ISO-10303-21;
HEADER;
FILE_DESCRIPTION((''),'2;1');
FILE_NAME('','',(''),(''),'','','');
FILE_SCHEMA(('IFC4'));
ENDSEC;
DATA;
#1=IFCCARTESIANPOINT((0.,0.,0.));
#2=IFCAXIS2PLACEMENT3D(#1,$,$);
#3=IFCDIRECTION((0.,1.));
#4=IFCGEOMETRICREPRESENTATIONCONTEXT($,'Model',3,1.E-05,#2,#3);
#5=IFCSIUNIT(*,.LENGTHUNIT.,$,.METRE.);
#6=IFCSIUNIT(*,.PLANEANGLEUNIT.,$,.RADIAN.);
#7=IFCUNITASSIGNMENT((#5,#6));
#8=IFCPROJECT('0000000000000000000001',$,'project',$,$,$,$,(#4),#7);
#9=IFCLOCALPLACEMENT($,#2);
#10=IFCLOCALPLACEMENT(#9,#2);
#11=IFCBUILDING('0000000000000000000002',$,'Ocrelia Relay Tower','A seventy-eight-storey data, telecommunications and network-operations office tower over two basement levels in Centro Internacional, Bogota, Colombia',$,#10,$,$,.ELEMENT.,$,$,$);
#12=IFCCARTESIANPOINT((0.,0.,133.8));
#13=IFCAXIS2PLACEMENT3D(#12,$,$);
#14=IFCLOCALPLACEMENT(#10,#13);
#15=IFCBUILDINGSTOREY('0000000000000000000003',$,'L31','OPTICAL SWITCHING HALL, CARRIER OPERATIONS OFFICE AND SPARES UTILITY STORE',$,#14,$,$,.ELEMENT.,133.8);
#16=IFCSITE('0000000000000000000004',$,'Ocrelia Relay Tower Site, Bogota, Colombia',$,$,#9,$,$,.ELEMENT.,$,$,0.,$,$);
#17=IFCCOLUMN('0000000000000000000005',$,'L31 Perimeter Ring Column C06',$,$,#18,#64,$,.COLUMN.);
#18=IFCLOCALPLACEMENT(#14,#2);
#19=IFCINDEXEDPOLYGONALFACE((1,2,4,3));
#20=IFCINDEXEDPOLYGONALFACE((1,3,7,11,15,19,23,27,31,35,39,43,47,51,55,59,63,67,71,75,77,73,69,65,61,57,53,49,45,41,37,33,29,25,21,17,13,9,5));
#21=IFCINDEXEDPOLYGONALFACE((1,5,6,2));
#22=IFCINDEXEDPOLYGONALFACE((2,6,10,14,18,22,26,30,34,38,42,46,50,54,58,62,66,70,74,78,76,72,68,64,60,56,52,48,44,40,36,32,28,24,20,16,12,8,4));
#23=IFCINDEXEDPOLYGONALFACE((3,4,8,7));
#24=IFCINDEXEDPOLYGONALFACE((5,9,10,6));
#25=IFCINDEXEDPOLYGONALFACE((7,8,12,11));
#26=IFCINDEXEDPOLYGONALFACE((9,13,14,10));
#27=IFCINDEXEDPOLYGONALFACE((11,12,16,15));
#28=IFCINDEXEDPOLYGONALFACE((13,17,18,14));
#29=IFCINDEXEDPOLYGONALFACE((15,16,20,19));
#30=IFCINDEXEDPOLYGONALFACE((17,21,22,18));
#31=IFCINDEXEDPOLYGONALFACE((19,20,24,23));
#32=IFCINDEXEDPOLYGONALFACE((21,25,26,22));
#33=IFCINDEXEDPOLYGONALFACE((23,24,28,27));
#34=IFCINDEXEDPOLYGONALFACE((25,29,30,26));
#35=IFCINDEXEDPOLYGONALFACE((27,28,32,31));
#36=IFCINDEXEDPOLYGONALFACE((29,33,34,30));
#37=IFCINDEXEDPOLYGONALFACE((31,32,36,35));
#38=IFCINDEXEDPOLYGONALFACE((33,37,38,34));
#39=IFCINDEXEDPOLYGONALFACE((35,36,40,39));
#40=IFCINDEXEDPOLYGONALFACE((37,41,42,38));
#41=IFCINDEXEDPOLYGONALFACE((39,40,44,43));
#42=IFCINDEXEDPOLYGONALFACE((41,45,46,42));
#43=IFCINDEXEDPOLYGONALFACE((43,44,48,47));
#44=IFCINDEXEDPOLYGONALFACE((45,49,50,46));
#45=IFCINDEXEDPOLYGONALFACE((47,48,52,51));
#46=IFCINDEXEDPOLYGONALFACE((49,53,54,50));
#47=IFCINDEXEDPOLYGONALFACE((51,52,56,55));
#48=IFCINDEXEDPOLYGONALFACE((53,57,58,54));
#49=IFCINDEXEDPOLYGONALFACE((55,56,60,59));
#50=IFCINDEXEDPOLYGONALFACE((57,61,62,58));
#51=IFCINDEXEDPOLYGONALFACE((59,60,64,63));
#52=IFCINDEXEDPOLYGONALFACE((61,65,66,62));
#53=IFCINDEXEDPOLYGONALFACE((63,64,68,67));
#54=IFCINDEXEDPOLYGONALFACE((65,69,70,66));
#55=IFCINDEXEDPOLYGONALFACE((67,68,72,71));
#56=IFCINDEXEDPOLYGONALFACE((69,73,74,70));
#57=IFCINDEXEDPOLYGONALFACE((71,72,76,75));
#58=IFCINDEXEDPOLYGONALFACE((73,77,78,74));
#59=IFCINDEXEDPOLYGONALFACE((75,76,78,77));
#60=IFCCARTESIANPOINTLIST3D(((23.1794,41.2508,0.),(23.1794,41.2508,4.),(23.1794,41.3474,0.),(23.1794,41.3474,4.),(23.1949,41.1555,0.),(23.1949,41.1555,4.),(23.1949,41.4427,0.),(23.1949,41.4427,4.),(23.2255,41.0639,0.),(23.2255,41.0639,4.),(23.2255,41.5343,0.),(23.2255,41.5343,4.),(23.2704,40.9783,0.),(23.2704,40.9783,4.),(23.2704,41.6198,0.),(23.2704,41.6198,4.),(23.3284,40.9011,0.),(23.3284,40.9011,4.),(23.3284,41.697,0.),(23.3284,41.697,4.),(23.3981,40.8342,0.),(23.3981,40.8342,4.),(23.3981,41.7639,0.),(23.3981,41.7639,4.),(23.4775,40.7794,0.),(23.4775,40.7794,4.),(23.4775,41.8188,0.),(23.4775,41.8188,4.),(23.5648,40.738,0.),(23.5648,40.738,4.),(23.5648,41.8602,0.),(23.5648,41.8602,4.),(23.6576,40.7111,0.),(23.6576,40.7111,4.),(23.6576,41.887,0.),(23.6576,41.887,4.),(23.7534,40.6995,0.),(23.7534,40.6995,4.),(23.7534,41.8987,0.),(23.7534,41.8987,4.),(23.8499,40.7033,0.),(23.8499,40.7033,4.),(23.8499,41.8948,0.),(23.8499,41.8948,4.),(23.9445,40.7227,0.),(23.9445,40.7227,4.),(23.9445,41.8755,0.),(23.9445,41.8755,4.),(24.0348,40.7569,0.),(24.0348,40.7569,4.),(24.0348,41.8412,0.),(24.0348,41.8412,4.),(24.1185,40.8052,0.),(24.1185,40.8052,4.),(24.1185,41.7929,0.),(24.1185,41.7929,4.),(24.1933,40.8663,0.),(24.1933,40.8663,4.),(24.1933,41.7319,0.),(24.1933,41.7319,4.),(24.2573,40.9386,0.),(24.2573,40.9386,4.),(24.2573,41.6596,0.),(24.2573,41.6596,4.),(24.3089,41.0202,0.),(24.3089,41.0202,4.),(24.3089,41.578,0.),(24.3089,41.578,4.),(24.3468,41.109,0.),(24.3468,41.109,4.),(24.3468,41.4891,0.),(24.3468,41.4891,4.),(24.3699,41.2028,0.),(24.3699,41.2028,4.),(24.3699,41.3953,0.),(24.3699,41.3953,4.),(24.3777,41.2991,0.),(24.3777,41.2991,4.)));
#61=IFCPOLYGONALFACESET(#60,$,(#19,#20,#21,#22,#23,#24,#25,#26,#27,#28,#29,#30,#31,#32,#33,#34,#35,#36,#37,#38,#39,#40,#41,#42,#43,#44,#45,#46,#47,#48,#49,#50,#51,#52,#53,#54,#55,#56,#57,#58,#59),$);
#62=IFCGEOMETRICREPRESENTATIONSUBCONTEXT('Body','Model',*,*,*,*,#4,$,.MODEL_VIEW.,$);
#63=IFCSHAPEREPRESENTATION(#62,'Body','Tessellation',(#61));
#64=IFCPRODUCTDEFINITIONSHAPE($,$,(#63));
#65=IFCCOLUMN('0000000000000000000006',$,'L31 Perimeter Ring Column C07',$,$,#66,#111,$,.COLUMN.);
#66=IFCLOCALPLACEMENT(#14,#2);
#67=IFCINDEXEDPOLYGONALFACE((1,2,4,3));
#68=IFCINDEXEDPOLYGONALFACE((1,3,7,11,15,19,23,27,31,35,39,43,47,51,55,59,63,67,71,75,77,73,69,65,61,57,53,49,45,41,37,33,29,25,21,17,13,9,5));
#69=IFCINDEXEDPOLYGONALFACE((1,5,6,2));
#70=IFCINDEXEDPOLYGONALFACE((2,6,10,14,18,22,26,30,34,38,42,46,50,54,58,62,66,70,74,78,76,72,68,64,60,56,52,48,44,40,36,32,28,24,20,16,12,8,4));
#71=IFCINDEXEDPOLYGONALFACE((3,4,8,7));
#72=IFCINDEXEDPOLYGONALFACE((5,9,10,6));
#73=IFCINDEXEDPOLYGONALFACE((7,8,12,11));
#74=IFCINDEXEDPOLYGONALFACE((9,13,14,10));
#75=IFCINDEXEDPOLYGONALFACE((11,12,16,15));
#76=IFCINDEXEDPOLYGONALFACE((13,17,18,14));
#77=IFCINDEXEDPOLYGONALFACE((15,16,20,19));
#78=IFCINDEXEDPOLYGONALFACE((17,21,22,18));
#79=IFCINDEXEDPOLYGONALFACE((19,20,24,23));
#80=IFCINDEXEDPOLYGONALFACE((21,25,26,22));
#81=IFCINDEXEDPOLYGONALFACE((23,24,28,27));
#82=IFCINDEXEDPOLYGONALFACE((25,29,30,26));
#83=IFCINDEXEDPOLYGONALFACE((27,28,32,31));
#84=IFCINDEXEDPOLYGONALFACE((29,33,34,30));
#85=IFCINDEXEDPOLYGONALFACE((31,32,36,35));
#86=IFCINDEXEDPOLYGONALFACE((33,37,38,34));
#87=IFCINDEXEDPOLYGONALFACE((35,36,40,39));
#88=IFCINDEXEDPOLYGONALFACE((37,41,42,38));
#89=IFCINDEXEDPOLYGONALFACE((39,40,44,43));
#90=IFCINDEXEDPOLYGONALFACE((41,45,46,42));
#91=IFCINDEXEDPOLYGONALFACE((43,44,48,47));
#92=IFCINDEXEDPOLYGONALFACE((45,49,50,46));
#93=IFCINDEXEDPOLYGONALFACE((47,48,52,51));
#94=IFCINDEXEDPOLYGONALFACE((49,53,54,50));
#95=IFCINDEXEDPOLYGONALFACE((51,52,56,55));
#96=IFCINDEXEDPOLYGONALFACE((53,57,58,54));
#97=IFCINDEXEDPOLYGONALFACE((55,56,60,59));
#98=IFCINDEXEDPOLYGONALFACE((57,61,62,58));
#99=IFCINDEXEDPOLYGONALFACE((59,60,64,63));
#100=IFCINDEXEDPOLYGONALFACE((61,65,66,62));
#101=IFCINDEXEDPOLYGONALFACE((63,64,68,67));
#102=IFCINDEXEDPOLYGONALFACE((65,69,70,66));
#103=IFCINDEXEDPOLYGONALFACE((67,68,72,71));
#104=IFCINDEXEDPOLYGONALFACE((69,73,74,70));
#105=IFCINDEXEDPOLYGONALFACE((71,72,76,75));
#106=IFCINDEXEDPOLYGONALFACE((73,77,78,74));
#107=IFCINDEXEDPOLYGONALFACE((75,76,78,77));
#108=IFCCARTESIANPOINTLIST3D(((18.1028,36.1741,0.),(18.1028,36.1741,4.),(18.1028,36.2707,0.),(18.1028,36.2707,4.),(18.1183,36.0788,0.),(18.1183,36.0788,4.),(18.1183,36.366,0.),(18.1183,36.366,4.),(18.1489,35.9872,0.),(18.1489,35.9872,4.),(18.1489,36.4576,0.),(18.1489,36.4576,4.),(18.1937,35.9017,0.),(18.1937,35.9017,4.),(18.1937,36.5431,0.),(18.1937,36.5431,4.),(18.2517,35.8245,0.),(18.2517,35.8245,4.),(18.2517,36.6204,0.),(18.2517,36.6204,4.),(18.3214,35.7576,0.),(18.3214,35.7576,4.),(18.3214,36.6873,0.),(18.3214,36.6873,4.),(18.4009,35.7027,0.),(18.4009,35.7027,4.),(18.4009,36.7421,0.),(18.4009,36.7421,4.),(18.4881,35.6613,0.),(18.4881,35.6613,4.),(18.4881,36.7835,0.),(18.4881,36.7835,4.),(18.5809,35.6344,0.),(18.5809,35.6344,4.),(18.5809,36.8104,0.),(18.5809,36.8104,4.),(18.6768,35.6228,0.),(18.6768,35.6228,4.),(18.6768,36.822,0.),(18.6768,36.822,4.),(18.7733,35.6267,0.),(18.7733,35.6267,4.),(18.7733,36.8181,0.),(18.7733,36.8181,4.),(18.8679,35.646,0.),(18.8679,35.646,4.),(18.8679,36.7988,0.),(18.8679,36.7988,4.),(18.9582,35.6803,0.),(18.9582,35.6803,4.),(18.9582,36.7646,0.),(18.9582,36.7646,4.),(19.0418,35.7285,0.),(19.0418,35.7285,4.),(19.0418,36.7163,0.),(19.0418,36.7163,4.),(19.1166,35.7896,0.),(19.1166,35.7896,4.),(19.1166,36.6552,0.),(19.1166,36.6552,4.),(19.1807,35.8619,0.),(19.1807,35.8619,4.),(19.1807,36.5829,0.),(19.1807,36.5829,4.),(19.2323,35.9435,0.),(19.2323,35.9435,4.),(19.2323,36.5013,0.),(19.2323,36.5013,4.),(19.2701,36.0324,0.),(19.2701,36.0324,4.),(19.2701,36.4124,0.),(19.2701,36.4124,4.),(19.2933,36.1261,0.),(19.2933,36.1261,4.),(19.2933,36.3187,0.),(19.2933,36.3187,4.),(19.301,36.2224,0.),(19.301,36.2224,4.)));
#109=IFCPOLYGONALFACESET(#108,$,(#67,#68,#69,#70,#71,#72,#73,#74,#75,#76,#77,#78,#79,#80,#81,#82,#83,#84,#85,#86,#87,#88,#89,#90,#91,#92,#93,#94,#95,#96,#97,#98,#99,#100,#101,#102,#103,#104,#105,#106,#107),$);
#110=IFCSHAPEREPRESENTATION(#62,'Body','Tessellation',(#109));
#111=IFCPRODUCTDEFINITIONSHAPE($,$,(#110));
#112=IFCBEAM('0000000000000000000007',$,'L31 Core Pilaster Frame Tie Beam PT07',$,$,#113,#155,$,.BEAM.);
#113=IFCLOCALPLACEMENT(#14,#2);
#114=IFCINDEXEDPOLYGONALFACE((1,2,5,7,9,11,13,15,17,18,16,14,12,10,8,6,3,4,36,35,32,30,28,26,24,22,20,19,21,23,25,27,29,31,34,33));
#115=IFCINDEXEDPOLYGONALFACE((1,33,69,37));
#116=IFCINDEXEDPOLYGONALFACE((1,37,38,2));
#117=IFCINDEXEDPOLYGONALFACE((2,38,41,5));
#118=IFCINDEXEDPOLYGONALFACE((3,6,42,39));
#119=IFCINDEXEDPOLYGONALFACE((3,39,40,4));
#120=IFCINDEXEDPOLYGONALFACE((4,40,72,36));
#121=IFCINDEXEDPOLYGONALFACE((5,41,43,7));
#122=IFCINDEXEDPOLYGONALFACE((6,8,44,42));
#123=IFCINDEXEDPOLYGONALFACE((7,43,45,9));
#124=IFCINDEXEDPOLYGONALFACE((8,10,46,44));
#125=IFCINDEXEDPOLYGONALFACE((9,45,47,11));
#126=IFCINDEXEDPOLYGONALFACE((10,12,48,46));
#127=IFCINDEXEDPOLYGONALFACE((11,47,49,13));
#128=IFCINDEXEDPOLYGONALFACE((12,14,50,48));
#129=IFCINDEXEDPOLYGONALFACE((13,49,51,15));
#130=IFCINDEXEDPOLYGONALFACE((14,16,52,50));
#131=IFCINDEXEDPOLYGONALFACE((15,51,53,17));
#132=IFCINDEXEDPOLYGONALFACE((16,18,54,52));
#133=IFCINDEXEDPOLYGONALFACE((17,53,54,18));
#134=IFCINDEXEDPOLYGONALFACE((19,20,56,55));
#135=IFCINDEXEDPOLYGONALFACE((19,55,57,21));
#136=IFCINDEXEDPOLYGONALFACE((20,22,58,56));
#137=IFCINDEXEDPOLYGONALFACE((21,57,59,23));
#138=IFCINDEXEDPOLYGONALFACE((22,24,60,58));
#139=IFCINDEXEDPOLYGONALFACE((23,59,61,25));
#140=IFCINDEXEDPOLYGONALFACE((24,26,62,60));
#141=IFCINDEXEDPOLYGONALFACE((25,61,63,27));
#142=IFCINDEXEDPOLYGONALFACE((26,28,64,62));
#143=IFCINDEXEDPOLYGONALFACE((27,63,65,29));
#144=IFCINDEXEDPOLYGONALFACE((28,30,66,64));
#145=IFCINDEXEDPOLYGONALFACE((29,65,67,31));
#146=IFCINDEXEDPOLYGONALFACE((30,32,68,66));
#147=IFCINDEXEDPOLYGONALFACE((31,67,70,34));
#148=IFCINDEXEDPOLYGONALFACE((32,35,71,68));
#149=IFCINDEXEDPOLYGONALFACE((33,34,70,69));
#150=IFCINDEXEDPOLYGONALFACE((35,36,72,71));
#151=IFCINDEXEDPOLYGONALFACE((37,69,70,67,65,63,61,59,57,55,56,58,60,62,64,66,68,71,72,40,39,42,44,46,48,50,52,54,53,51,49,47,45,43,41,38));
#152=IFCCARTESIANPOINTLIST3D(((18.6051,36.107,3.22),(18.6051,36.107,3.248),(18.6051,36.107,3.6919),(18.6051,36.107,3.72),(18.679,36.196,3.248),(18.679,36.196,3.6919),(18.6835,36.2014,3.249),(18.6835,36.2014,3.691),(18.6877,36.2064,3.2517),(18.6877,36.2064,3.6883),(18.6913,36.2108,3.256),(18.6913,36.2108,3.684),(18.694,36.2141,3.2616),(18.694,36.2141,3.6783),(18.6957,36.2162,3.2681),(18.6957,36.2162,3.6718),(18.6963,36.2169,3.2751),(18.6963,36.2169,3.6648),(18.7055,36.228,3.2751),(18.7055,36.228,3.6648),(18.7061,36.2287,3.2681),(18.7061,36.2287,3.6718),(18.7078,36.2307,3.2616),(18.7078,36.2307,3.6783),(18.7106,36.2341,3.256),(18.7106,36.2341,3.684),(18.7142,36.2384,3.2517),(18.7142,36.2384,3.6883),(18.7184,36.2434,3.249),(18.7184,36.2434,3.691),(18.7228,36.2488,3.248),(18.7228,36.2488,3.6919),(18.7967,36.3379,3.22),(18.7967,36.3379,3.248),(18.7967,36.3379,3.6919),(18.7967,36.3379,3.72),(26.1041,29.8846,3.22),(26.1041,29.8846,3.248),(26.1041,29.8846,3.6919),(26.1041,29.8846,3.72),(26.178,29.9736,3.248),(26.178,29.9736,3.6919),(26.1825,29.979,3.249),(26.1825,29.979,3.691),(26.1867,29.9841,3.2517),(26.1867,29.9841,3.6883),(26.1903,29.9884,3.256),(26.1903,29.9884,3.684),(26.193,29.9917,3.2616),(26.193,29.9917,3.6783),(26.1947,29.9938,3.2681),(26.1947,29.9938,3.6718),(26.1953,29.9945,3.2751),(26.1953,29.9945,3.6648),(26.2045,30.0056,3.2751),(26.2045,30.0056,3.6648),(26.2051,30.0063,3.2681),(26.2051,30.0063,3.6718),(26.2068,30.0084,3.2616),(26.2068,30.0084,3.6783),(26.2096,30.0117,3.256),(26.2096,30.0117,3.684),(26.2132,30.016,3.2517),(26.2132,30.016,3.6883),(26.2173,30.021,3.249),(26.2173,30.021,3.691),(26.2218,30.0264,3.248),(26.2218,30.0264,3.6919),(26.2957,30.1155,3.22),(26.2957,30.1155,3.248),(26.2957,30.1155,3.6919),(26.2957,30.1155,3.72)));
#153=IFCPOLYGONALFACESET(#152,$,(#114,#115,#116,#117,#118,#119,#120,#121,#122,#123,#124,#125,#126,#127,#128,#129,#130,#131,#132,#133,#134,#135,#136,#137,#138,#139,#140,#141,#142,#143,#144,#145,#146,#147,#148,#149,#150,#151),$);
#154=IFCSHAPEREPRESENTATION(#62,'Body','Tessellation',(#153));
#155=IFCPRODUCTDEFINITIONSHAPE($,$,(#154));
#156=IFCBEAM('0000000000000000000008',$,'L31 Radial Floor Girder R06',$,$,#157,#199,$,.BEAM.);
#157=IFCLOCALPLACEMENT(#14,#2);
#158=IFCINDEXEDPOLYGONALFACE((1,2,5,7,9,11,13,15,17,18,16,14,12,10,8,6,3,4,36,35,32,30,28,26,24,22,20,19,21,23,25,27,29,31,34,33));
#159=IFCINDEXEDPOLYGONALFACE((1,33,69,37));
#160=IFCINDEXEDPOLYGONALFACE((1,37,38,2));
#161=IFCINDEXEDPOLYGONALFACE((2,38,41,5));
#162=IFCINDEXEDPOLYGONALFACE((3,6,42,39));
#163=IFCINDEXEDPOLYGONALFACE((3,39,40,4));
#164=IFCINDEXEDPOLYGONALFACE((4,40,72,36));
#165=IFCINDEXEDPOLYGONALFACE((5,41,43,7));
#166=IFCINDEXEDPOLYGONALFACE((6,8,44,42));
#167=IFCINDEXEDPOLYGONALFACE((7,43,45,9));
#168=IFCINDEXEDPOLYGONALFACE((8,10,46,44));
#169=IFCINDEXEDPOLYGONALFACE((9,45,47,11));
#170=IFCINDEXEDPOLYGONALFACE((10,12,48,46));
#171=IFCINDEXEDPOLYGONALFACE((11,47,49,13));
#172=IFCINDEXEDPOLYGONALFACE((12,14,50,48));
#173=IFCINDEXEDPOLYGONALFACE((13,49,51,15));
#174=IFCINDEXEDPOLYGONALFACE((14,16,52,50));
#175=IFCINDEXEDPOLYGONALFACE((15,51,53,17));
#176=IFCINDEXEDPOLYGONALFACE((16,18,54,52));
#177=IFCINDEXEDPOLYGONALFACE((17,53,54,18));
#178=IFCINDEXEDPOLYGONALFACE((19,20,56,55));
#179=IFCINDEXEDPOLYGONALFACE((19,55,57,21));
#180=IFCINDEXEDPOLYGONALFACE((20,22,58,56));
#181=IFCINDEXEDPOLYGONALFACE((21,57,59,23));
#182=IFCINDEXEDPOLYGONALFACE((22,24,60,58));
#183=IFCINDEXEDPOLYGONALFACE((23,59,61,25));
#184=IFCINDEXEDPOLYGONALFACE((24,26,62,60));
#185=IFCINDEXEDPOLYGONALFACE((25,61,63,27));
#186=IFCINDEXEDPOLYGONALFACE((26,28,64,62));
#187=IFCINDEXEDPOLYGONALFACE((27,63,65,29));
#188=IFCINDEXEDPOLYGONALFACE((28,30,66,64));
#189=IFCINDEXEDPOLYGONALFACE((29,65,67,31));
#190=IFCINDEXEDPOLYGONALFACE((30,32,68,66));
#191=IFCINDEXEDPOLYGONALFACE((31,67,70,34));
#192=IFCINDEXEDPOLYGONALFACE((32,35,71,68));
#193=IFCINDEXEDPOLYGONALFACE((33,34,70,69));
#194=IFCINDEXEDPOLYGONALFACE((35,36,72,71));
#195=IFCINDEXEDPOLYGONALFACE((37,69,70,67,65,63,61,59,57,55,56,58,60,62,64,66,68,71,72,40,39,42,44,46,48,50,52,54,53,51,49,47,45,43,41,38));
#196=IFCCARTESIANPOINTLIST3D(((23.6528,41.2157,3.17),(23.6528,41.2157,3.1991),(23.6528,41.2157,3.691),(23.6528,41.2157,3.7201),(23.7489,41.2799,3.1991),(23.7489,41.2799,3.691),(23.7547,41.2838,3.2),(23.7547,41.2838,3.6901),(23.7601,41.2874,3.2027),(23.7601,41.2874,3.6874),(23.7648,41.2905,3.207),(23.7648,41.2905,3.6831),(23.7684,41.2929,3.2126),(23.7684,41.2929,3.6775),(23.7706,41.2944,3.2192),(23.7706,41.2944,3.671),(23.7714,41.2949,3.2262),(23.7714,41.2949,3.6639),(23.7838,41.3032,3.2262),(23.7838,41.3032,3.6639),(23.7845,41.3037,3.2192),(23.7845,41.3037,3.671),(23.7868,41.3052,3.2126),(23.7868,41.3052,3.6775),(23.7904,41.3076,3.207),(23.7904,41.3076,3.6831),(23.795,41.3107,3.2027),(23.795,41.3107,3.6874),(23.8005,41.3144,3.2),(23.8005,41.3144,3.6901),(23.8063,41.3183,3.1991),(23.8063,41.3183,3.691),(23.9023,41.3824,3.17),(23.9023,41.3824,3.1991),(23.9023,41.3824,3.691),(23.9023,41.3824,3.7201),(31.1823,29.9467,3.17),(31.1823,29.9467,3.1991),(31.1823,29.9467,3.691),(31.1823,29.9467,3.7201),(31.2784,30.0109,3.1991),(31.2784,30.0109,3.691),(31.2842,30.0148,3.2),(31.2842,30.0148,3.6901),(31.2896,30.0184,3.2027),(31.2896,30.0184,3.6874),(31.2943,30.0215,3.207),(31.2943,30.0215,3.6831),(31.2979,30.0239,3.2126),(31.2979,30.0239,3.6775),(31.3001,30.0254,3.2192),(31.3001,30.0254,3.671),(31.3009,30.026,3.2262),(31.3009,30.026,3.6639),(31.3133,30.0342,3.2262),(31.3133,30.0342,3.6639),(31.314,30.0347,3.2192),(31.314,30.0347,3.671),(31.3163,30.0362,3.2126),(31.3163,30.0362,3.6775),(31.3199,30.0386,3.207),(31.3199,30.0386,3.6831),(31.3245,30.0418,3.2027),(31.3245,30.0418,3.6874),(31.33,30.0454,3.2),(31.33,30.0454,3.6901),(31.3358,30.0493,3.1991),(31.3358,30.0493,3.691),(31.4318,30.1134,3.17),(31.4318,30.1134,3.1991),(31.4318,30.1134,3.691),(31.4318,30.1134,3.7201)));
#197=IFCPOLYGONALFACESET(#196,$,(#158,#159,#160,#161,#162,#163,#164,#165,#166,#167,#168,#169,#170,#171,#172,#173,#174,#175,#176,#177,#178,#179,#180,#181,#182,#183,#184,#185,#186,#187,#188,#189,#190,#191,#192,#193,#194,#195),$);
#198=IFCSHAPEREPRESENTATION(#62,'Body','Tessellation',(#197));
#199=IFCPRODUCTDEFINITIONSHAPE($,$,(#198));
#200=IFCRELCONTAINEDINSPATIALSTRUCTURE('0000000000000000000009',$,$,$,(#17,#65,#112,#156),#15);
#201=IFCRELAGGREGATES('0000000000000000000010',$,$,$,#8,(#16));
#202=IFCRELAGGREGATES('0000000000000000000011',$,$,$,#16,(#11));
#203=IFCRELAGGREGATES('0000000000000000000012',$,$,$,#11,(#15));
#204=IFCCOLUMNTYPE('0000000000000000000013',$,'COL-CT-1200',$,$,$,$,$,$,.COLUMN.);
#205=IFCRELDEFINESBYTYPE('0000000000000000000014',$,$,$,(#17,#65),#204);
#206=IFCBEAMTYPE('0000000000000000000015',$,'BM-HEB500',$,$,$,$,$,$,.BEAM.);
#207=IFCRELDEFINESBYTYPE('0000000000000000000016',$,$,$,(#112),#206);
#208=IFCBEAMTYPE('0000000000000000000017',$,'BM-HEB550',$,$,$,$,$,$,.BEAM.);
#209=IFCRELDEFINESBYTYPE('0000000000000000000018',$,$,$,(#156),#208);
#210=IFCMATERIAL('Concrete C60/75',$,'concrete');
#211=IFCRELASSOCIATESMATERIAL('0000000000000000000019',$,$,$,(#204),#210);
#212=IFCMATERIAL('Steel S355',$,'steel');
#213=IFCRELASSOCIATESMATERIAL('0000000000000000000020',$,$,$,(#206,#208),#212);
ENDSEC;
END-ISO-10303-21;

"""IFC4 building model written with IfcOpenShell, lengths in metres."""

from ifc_helpers import new_model, si_unit, direction, frame, origin, origin_2d, place, context, subcontext, project, spatial, circle, i_section, extrude, material, material_profile, profile_set, type_object, element, save


model = new_model("IFC4")

# Units and contexts
model_context = context("Model", 3, precision=1e-05, world=origin(), true_north=direction((0.0, 1.0)))
body_context = subcontext(model_context, "Body", "Model", "MODEL_VIEW")
ifc_project = project(units=[si_unit("LENGTHUNIT", "METRE"), si_unit("PLANEANGLEUNIT", "RADIAN")], contexts=[model_context])

# Site, building, storey
site_placement = place(None, origin())
site = spatial("IfcSite", under=ifc_project, at=site_placement, Name="Ocrelia Relay Tower Site, Bogota, Colombia", CompositionType="ELEMENT", RefElevation=0.0)
building_placement = place(site_placement, origin())
building = spatial("IfcBuilding", under=site, at=building_placement, Name="Ocrelia Relay Tower", Description="A seventy-eight-storey data, telecommunications and network-operations office tower over two basement levels in Centro Internacional, Bogota, Colombia", CompositionType="ELEMENT")
storey_placement = place(building_placement, frame((0.0, 0.0, 133.8)))
storey = spatial("IfcBuildingStorey", under=building, at=storey_placement, Name="L31", Description="OPTICAL SWITCHING HALL, CARRIER OPERATIONS OFFICE AND SPARES UTILITY STORE", CompositionType="ELEMENT", Elevation=133.8)

# Columns
ifc_material_1 = material(Name="Concrete C60/75", Category="concrete")
ifc_material_profile_1 = material_profile(ifc_material_1, circle(Radius=0.6001, at=origin_2d()), Name="RC-CIR-1200")
ifc_profile_set_1 = profile_set([ifc_material_profile_1], Name="Concrete C60/75")
column_type = type_object("IfcColumnType", Name="COL-CT-1200", PredefinedType="COLUMN", material=ifc_profile_set_1)
for number, where, z_axis, x_axis, name in (
    (1, (23.7776, 41.2991, 0.0), (0.0, 0.0, 1.0), (1.0, 0.0, 0.0), "L31 Perimeter Ring Column C06"),
    (2, (18.7009, 36.2224, 0.0), (0.0, 0.0, 1.0), (1.0, 0.0, 0.0), "L31 Perimeter Ring Column C07"),
):
    element("IfcColumn", number, at=place(storey_placement, frame(where, z_axis=z_axis, x_axis=x_axis)), inside=storey, type_object=column_type, Name=name, PredefinedType="COLUMN", context=body_context, shape_type="SweptSolid", body=[
        extrude(circle(Radius=0.6001, at=origin_2d()), origin(), (0.0, 0.0, 1.0), 4.0),
    ])

# Beams
ifc_material_2 = material(Name="Steel S355", Category="steel")
ifc_material_profile_2 = material_profile(ifc_material_2, i_section(OverallWidth=0.3, OverallDepth=0.5, WebThickness=0.0144, FlangeThickness=0.0281, FilletRadius=0.0271, at=origin_2d()), Name="HEB 500")
ifc_profile_set_2 = profile_set([ifc_material_profile_2], Name="Steel S355")
beam_type_1 = type_object("IfcBeamType", Name="BM-HEB500", PredefinedType="BEAM", material=ifc_profile_set_2)
beam_1_placement = place(storey_placement, frame((18.7009, 36.2224, 3.47), z_axis=(0.769571, -0.638561, 0.0), x_axis=(0.638561, 0.769571, 0.0)))
element("IfcBeam", 3, at=beam_1_placement, inside=storey, type_object=beam_type_1, Name="L31 Core Pilaster Frame Tie Beam PT07", PredefinedType="BEAM", context=body_context, shape_type="SweptSolid", body=[
    extrude(i_section(OverallWidth=0.3, OverallDepth=0.5, WebThickness=0.0144, FlangeThickness=0.0281, FilletRadius=0.0271, at=origin_2d()), origin(), (0.0, 0.0, 1.0), 9.7444),
])
ifc_material_profile_3 = material_profile(ifc_material_2, i_section(OverallWidth=0.3, OverallDepth=0.55, WebThickness=0.0149, FlangeThickness=0.0291, FilletRadius=0.0271, at=origin_2d()), Name="HEB 550")
ifc_profile_set_3 = profile_set([ifc_material_profile_3], Name="Steel S355")
beam_type_2 = type_object("IfcBeamType", Name="BM-HEB550", PredefinedType="BEAM", material=ifc_profile_set_3)
beam_2_placement = place(storey_placement, frame((23.7776, 41.2991, 3.4451), z_axis=(0.55556, -0.831476, 0.0), x_axis=(0.831476, 0.55556, 0.0)))
element("IfcBeam", 4, at=beam_2_placement, inside=storey, type_object=beam_type_2, Name="L31 Radial Floor Girder R06", PredefinedType="BEAM", context=body_context, shape_type="SweptSolid", body=[
    extrude(i_section(OverallWidth=0.3, OverallDepth=0.55, WebThickness=0.0149, FlangeThickness=0.0291, FilletRadius=0.0271, at=origin_2d()), origin(), (0.0, 0.0, 1.0), 13.553),
])

save(model, "model.ifc")
